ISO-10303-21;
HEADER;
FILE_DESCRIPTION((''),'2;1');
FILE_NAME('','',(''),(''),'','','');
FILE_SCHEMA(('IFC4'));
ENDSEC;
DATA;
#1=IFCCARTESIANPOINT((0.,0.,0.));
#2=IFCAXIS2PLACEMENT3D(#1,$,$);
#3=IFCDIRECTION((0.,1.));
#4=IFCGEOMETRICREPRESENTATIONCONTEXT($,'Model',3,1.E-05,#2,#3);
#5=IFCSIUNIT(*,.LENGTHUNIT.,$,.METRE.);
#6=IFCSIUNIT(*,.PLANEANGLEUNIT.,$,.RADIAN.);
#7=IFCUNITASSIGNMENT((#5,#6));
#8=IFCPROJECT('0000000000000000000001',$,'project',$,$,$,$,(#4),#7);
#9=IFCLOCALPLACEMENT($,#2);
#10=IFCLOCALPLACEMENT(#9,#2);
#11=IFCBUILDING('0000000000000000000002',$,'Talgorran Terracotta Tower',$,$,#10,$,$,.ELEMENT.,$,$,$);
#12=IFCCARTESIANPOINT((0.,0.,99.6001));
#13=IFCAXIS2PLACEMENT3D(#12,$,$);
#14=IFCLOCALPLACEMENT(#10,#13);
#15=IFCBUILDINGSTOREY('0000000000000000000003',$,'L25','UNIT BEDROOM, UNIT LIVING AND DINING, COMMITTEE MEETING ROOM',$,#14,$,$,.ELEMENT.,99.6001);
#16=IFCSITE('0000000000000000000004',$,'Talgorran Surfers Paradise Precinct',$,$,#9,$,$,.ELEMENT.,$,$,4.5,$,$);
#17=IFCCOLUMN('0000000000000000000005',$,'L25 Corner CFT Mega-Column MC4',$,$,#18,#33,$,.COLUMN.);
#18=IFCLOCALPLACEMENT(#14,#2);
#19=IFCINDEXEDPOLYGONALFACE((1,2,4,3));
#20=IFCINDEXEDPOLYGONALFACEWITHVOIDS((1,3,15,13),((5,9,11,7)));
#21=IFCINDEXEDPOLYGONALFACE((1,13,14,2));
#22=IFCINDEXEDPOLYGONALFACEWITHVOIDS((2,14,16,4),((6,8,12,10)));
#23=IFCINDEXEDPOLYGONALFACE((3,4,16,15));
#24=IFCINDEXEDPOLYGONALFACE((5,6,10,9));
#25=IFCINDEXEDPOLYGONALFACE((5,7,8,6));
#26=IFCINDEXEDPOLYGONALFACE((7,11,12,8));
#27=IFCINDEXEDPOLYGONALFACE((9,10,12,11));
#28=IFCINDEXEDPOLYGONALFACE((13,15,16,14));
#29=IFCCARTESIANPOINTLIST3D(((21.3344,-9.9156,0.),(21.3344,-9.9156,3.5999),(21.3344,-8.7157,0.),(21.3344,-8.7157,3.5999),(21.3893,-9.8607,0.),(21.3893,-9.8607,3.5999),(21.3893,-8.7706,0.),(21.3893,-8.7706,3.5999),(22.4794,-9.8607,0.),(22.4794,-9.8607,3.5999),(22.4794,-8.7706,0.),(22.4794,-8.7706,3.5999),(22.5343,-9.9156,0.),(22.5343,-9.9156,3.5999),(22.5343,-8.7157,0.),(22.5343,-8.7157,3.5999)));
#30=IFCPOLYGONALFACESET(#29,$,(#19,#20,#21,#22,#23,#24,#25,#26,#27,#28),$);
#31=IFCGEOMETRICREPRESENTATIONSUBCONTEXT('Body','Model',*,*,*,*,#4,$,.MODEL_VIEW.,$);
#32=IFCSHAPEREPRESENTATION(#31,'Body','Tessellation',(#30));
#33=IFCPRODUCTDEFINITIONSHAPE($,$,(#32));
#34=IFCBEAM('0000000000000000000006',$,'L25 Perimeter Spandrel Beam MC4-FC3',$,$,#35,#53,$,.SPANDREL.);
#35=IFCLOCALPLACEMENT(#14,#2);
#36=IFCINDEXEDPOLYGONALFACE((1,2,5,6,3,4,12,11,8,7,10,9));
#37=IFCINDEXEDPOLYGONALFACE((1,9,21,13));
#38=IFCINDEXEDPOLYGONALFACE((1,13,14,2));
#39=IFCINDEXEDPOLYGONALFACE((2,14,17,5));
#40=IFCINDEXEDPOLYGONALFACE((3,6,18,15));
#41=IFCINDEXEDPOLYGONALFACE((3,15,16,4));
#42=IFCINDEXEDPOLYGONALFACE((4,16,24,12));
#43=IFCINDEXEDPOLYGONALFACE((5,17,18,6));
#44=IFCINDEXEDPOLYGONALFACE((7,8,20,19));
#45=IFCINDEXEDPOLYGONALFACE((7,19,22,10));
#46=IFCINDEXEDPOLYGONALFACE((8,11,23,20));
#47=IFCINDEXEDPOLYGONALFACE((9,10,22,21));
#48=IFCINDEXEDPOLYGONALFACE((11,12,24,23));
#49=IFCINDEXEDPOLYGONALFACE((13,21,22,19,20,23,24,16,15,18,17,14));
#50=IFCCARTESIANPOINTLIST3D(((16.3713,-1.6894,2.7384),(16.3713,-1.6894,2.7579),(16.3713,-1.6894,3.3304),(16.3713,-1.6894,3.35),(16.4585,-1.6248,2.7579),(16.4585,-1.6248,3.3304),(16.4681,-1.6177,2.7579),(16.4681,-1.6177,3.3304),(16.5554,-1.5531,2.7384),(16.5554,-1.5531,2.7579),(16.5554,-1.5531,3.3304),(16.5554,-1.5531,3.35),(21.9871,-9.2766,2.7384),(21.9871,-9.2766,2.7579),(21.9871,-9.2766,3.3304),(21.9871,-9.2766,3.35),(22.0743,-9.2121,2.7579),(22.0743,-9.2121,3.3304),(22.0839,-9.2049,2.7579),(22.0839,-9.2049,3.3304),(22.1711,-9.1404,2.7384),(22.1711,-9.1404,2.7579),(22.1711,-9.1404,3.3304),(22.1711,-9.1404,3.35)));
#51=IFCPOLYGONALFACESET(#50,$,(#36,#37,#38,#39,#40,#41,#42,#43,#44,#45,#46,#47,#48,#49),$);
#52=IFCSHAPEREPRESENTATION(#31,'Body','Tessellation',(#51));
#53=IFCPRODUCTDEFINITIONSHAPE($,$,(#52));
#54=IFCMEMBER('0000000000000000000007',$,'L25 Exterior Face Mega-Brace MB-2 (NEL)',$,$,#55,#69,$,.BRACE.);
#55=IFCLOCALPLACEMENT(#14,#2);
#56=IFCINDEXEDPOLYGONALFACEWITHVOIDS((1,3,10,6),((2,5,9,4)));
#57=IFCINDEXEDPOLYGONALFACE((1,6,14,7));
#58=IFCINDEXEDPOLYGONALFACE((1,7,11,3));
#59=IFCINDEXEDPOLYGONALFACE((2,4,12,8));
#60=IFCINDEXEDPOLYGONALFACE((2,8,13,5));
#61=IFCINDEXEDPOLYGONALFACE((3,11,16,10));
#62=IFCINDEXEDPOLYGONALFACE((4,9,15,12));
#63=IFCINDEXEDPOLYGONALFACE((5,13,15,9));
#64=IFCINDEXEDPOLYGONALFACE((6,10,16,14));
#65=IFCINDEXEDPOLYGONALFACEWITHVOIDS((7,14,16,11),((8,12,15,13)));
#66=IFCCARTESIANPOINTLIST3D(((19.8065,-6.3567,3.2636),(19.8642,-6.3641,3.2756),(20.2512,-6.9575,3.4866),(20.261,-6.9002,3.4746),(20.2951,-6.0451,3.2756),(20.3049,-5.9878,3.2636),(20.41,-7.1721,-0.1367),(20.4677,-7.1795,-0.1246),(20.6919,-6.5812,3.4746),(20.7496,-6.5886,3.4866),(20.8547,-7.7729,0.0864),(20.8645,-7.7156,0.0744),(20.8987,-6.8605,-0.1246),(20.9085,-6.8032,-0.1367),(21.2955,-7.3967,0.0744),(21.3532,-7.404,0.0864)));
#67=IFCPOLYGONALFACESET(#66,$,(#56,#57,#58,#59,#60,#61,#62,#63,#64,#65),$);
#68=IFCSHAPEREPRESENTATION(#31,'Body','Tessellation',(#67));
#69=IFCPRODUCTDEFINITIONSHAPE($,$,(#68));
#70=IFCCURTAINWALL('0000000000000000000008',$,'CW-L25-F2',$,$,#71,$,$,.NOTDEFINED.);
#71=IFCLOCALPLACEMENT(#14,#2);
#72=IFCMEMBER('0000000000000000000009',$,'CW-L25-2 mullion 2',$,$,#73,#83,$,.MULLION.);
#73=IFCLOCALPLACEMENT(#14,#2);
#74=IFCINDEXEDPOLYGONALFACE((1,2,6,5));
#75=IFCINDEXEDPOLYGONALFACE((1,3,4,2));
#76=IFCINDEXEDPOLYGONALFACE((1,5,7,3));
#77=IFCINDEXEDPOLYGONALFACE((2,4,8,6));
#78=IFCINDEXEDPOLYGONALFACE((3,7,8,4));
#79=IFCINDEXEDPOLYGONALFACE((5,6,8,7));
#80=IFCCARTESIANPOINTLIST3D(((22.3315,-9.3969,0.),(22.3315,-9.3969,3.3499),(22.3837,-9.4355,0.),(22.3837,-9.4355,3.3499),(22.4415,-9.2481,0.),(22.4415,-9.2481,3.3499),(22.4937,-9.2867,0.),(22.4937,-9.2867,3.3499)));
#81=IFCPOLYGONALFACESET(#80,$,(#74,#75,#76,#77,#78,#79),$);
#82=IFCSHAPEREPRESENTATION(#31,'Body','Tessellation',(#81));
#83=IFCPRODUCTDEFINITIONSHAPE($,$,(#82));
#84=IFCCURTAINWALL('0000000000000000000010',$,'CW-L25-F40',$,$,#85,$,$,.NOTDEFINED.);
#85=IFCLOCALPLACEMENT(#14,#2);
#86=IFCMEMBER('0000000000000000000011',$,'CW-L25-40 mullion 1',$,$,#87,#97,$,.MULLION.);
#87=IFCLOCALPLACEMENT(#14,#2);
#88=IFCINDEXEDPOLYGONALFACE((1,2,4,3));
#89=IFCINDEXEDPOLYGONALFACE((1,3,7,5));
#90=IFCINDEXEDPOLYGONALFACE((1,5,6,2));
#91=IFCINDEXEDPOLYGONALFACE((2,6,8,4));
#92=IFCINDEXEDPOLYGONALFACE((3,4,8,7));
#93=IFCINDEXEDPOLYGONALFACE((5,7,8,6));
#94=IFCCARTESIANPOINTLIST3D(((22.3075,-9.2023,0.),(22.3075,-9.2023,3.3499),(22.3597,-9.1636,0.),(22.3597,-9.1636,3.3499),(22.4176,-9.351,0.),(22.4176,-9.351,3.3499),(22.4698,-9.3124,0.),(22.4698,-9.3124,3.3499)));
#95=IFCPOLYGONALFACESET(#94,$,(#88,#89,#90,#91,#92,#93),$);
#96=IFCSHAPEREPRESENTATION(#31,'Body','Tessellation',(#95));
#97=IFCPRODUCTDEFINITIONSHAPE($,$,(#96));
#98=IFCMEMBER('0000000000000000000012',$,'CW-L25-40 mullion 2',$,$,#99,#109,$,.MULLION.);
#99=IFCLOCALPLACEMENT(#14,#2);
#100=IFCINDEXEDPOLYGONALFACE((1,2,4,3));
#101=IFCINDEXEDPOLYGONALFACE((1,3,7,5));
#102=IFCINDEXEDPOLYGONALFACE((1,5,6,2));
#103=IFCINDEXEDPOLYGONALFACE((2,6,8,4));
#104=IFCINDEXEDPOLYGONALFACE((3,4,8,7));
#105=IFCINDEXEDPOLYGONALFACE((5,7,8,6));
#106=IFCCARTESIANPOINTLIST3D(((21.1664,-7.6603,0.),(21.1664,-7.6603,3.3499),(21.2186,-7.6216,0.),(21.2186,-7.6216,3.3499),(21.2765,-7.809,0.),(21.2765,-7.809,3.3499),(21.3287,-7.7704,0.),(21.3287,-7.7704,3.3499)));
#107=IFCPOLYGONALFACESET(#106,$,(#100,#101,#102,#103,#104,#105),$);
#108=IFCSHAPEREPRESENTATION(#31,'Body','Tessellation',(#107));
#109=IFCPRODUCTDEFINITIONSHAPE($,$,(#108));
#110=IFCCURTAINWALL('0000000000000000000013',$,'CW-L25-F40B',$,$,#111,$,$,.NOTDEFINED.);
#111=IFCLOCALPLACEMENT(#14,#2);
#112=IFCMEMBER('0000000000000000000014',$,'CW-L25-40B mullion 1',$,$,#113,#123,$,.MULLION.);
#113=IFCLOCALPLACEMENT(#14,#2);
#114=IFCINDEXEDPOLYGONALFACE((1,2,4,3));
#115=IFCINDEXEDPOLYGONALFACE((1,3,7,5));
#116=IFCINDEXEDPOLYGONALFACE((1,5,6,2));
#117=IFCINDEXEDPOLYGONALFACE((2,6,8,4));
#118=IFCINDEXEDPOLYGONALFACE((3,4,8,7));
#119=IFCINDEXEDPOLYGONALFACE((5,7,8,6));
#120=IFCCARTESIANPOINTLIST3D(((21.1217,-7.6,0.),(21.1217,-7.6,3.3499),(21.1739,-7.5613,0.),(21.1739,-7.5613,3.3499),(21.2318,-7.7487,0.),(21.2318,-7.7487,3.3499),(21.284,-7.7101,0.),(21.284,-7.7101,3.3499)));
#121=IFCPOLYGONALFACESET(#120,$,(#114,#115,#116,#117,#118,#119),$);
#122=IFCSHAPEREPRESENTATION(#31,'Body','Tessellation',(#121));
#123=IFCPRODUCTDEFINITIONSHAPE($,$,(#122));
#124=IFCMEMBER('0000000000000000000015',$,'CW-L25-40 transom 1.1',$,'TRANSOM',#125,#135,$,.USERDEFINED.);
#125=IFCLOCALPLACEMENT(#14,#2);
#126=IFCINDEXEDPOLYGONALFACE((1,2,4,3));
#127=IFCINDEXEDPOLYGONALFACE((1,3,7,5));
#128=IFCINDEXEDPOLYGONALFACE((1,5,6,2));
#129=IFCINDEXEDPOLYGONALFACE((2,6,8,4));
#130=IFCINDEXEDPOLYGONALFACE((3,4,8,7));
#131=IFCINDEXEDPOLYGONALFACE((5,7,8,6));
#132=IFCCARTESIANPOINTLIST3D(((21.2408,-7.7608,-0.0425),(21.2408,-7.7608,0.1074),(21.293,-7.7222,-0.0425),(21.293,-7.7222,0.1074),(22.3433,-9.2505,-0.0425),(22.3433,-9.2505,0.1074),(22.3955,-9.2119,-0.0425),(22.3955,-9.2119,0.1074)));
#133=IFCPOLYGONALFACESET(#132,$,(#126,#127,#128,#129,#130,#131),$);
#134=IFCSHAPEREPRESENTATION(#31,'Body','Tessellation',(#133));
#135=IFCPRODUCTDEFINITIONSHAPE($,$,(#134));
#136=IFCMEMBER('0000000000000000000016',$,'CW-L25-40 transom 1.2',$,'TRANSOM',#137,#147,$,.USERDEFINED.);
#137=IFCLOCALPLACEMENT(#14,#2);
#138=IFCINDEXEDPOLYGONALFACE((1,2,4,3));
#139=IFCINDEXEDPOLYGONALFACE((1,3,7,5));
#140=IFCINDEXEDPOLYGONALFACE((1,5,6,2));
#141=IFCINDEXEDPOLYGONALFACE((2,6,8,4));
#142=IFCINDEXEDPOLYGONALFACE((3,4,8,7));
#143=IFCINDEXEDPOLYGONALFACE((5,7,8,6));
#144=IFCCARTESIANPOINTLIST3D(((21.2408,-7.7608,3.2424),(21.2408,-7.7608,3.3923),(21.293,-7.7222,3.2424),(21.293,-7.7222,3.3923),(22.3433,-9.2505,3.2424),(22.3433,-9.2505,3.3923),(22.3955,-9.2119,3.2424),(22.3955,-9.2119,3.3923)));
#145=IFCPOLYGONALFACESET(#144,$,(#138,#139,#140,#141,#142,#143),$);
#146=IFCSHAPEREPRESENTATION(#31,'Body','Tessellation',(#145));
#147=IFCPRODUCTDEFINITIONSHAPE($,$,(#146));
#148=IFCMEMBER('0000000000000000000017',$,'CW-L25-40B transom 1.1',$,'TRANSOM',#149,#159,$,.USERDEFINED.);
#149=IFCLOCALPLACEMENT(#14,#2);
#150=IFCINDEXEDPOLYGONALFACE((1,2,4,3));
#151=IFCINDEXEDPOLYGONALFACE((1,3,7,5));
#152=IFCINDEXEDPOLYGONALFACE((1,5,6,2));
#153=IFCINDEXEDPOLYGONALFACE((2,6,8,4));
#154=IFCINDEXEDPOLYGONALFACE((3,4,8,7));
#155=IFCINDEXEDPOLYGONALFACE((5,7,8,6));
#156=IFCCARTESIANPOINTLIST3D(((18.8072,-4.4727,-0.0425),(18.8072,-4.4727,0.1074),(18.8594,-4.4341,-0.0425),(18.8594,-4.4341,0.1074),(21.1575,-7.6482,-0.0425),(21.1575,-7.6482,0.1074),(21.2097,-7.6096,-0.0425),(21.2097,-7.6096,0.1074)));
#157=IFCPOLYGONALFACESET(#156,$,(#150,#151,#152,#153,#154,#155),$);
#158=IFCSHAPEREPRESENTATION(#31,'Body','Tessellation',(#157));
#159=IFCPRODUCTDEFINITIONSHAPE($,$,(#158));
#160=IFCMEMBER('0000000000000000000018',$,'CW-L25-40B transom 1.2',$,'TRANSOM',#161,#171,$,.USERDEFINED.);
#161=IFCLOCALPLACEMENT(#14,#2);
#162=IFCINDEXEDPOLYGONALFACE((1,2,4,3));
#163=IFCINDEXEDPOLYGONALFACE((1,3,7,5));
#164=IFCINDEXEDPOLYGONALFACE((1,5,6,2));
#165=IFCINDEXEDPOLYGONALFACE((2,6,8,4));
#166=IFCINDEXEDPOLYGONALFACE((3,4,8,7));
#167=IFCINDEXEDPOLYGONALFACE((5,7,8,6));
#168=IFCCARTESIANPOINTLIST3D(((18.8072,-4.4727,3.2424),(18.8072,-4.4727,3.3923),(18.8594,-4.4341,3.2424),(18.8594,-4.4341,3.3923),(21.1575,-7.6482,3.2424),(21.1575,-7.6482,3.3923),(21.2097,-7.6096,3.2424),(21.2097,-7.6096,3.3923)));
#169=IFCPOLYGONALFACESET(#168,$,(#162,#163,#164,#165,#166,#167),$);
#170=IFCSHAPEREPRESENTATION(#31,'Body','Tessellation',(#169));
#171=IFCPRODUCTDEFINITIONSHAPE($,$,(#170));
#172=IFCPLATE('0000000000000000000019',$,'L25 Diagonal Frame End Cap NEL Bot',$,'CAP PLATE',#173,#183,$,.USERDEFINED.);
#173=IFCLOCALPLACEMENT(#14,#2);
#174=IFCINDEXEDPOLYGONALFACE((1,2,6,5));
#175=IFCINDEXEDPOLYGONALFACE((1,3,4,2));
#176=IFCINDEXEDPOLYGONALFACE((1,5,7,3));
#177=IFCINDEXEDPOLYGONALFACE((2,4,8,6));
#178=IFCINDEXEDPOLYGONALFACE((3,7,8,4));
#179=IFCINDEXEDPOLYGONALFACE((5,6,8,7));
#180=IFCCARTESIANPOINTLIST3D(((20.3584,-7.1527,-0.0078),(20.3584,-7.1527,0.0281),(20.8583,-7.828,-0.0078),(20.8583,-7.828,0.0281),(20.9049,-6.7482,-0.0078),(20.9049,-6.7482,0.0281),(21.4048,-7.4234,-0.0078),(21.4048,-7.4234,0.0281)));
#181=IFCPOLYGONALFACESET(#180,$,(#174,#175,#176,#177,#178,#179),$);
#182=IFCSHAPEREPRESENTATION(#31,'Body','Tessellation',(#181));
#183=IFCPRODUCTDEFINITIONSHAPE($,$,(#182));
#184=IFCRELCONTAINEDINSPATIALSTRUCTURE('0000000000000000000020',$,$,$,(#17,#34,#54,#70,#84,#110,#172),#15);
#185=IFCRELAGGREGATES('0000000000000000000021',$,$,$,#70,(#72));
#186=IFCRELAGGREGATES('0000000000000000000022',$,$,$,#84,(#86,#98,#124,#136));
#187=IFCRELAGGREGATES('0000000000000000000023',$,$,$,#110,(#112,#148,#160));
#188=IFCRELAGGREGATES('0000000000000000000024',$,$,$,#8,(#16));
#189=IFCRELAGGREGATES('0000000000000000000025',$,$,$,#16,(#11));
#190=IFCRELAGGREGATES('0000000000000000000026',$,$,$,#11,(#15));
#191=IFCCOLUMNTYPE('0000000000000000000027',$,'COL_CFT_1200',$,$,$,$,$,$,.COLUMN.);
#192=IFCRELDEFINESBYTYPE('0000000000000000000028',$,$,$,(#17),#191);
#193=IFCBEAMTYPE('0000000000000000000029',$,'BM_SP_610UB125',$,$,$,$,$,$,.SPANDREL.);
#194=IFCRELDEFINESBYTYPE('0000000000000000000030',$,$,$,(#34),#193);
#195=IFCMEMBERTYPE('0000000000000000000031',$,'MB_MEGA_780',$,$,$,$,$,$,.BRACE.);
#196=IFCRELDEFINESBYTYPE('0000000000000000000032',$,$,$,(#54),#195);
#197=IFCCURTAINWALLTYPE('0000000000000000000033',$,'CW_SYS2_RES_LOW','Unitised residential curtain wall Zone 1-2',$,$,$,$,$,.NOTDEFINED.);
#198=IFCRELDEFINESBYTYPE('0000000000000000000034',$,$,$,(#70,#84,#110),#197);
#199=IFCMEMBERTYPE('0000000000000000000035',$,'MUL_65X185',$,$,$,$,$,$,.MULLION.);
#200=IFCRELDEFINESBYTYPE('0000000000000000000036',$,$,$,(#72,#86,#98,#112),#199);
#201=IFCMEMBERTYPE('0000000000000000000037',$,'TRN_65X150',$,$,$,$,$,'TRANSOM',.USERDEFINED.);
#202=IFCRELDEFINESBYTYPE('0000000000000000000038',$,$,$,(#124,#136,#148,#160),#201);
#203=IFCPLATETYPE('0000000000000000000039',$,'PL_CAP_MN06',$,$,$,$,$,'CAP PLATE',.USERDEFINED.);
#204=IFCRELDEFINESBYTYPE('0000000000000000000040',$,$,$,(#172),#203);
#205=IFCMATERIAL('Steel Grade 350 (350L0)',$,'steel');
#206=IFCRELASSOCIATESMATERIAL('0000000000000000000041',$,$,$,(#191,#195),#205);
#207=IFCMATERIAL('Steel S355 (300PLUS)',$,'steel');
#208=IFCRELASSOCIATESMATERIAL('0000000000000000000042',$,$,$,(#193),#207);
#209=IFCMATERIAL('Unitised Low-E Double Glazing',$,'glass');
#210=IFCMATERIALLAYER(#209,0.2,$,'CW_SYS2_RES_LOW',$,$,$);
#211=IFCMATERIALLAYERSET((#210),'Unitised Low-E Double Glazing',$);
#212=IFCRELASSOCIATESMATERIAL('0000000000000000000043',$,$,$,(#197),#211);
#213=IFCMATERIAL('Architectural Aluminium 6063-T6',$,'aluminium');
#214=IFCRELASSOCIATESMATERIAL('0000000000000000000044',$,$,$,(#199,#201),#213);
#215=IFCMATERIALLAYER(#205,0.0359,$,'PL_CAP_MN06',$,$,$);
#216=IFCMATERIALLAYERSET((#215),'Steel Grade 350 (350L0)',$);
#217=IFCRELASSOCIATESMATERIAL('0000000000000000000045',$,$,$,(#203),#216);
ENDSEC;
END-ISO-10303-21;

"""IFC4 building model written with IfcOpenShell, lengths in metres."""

from ifc_helpers import new_model, si_unit, direction, frame, origin, origin_2d, place, context, subcontext, project, spatial, rectangle, hollow_rectangle, i_section, extrude, material, layer, layer_set, material_profile, profile_set, type_object, element, aggregate, save


model = new_model("IFC4")

# Units and contexts
model_context = context("Model", 3, precision=1e-05, world=origin(), true_north=direction((0.0, 1.0)))
body_context = subcontext(model_context, "Body", "Model", "MODEL_VIEW")
ifc_project = project(units=[si_unit("LENGTHUNIT", "METRE"), si_unit("PLANEANGLEUNIT", "RADIAN")], contexts=[model_context])

# Site, building, storey
site_placement = place(None, origin())
site = spatial("IfcSite", under=ifc_project, at=site_placement, Name="Talgorran Surfers Paradise Precinct", CompositionType="ELEMENT", RefElevation=4.5)
building_placement = place(site_placement, origin())
building = spatial("IfcBuilding", under=site, at=building_placement, Name="Talgorran Terracotta Tower", CompositionType="ELEMENT")
storey_placement = place(building_placement, frame((0.0, 0.0, 99.6001)))
storey = spatial("IfcBuildingStorey", under=building, at=storey_placement, Name="L25", Description="UNIT BEDROOM, UNIT LIVING AND DINING, COMMITTEE MEETING ROOM", CompositionType="ELEMENT", Elevation=99.6001)

# Column
ifc_material_1 = material(Name="Steel Grade 350 (350L0)", Category="steel")
ifc_material_profile_1 = material_profile(ifc_material_1, hollow_rectangle(XDim=1.2, YDim=1.2, WallThickness=0.0549, at=origin_2d()), Name="CFT1200X1200X55")
ifc_profile_set_1 = profile_set([ifc_material_profile_1], Name="Steel Grade 350 (350L0)")
column_type = type_object("IfcColumnType", Name="COL_CFT_1200", PredefinedType="COLUMN", material=ifc_profile_set_1)
column_placement = place(storey_placement, frame((21.9343, -9.3157, 0.0), z_axis=(0.0, 0.0, 1.0), x_axis=(1.0, 0.0, 0.0)))
element("IfcColumn", 1, at=column_placement, inside=storey, type_object=column_type, Name="L25 Corner CFT Mega-Column MC4", PredefinedType="COLUMN", context=body_context, shape_type="SweptSolid", body=[
    extrude(hollow_rectangle(XDim=1.2, YDim=1.2, WallThickness=0.0549, at=origin_2d()), origin(), (0.0, 0.0, 1.0), 3.5999),
])

# Beam
ifc_material_2 = material(Name="Steel S355 (300PLUS)", Category="steel")
ifc_material_profile_2 = material_profile(ifc_material_2, i_section(OverallWidth=0.229, OverallDepth=0.6116, WebThickness=0.012, FlangeThickness=0.0195, at=origin_2d()), Name="610UB125")
ifc_profile_set_2 = profile_set([ifc_material_profile_2], Name="Steel S355 (300PLUS)")
beam_type = type_object("IfcBeamType", Name="BM_SP_610UB125", PredefinedType="SPANDREL", material=ifc_profile_set_2)
beam_placement = place(storey_placement, frame((22.0791, -9.2085, 3.0442), z_axis=(-0.594927, 0.80378, 0.0), x_axis=(-0.80378, -0.594927, 0.0)))
element("IfcBeam", 2, at=beam_placement, inside=storey, type_object=beam_type, Name="L25 Perimeter Spandrel Beam MC4-FC3", PredefinedType="SPANDREL", context=body_context, shape_type="SweptSolid", body=[
    extrude(i_section(OverallWidth=0.229, OverallDepth=0.6116, WebThickness=0.012, FlangeThickness=0.0195, at=origin_2d()), origin(), (0.0, 0.0, 1.0), 9.4395),
])

# Member
ifc_material_profile_3 = material_profile(ifc_material_1, hollow_rectangle(XDim=0.6201, YDim=0.78, WallThickness=0.042, at=origin_2d()), Name="WBOX780X620X42")
ifc_profile_set_3 = profile_set([ifc_material_profile_3], Name="Steel Grade 350 (350L0)")
member_type_1 = type_object("IfcMemberType", Name="MB_MEGA_780", PredefinedType="BRACE", material=ifc_profile_set_3)
member_1_placement = place(storey_placement, frame((20.8816, -7.2881, -0.0251), z_axis=(-0.170088, 0.229811, 0.958257), x_axis=(-0.803796, -0.594905, 0.0)))
element("IfcMember", 3, at=member_1_placement, inside=storey, type_object=member_type_1, Name="L25 Exterior Face Mega-Brace MB-2 (NEL)", PredefinedType="BRACE", context=body_context, shape_type="SweptSolid", body=[
    extrude(hollow_rectangle(XDim=0.6201, YDim=0.78, WallThickness=0.042, at=origin_2d()), origin(), (0.0, 0.0, 1.0), 3.5483),
])

# Curtain wall, member
ifc_material_3 = material(Name="Unitised Low-E Double Glazing", Category="glass")
ifc_layer_1 = layer(ifc_material_3, 0.2, Name="CW_SYS2_RES_LOW")
ifc_layer_set_1 = layer_set([ifc_layer_1], Name="Unitised Low-E Double Glazing")
curtain_wall_type = type_object("IfcCurtainWallType", Name="CW_SYS2_RES_LOW", Description="Unitised residential curtain wall Zone 1-2", PredefinedType="NOTDEFINED", material=ifc_layer_set_1)
curtain_wall_1_placement = place(storey_placement, origin())
curtain_wall_1 = element("IfcCurtainWall", 4, at=curtain_wall_1_placement, inside=storey, type_object=curtain_wall_type, Name="CW-L25-F2", PredefinedType="NOTDEFINED")
ifc_material_4 = material(Name="Architectural Aluminium 6063-T6", Category="aluminium")
ifc_material_profile_4 = material_profile(ifc_material_4, rectangle(XDim=0.0649, YDim=0.1851, at=origin_2d()), Name="CWM65X185")
ifc_profile_set_4 = profile_set([ifc_material_profile_4], Name="Architectural Aluminium 6063-T6")
member_type_2 = type_object("IfcMemberType", Name="MUL_65X185", PredefinedType="MULLION", material=ifc_profile_set_4)
member_2_placement = place(storey_placement, frame((22.4126, -9.3418, 0.0), z_axis=(0.0, 0.0, 1.0), x_axis=(-0.803792, 0.594911, 0.0)))
member_2 = element("IfcMember", 5, at=member_2_placement, type_object=member_type_2, Name="CW-L25-2 mullion 2", PredefinedType="MULLION", context=body_context, shape_type="SweptSolid", body=[
    extrude(rectangle(XDim=0.0649, YDim=0.1851, at=origin_2d()), origin(), (0.0, 0.0, 1.0), 3.3499),
])
aggregate(curtain_wall_1, [member_2])

# Curtain wall, members
curtain_wall_2_placement = place(storey_placement, origin())
curtain_wall_2 = element("IfcCurtainWall", 6, at=curtain_wall_2_placement, inside=storey, type_object=curtain_wall_type, Name="CW-L25-F40", PredefinedType="NOTDEFINED")
member_3_placement = place(storey_placement, frame((22.3887, -9.2573, 0.0), z_axis=(0.0, 0.0, 1.0), x_axis=(-0.803796, -0.594906, 0.0)))
member_3 = element("IfcMember", 7, at=member_3_placement, type_object=member_type_2, Name="CW-L25-40 mullion 1", PredefinedType="MULLION", context=body_context, shape_type="SweptSolid", body=[
    extrude(rectangle(XDim=0.0649, YDim=0.1851, at=origin_2d()), origin(), (0.0, 0.0, 1.0), 3.3499),
])
member_4_placement = place(storey_placement, frame((21.2476, -7.7153, 0.0), z_axis=(0.0, 0.0, 1.0), x_axis=(-0.803796, -0.594906, 0.0)))
member_4 = element("IfcMember", 8, at=member_4_placement, type_object=member_type_2, Name="CW-L25-40 mullion 2", PredefinedType="MULLION", context=body_context, shape_type="SweptSolid", body=[
    extrude(rectangle(XDim=0.0649, YDim=0.1851, at=origin_2d()), origin(), (0.0, 0.0, 1.0), 3.3499),
])

# Curtain wall, member
curtain_wall_3_placement = place(storey_placement, origin())
curtain_wall_3 = element("IfcCurtainWall", 9, at=curtain_wall_3_placement, inside=storey, type_object=curtain_wall_type, Name="CW-L25-F40B", PredefinedType="NOTDEFINED")
member_5_placement = place(storey_placement, frame((21.2029, -7.655, 0.0), z_axis=(0.0, 0.0, 1.0), x_axis=(-0.803792, -0.59491, 0.0)))
member_5 = element("IfcMember", 10, at=member_5_placement, type_object=member_type_2, Name="CW-L25-40B mullion 1", PredefinedType="MULLION", context=body_context, shape_type="SweptSolid", body=[
    extrude(rectangle(XDim=0.0649, YDim=0.1851, at=origin_2d()), origin(), (0.0, 0.0, 1.0), 3.3499),
])

# Members
ifc_material_profile_5 = material_profile(ifc_material_4, rectangle(XDim=0.0649, YDim=0.1499, at=origin_2d()), Name="CWT65X150")
ifc_profile_set_5 = profile_set([ifc_material_profile_5], Name="Architectural Aluminium 6063-T6")
member_type_3 = type_object("IfcMemberType", Name="TRN_65X150", ElementType="TRANSOM", PredefinedType="USERDEFINED", material=ifc_profile_set_5)
member_6_placement = place(storey_placement, frame((22.3694, -9.2312, 0.0325), z_axis=(-0.594887, 0.803809, 0.0), x_axis=(-0.803809, -0.594887, 0.0)))
member_6 = element("IfcMember", 11, at=member_6_placement, type_object=member_type_3, Name="CW-L25-40 transom 1.1", ObjectType="TRANSOM", PredefinedType="USERDEFINED", context=body_context, shape_type="SweptSolid", body=[
    extrude(rectangle(XDim=0.0649, YDim=0.1499, at=origin_2d()), origin(), (0.0, 0.0, 1.0), 1.8533),
])
member_7_placement = place(storey_placement, frame((22.3694, -9.2312, 3.3174), z_axis=(-0.594887, 0.803809, 0.0), x_axis=(-0.803809, -0.594887, 0.0)))
member_7 = element("IfcMember", 12, at=member_7_placement, type_object=member_type_3, Name="CW-L25-40 transom 1.2", ObjectType="TRANSOM", PredefinedType="USERDEFINED", context=body_context, shape_type="SweptSolid", body=[
    extrude(rectangle(XDim=0.0649, YDim=0.1499, at=origin_2d()), origin(), (0.0, 0.0, 1.0), 1.8533),
])
member_8_placement = place(storey_placement, frame((21.1836, -7.6289, 0.0325), z_axis=(-0.594916, 0.803788, 0.0), x_axis=(-0.803788, -0.594916, 0.0)))
member_8 = element("IfcMember", 13, at=member_8_placement, type_object=member_type_3, Name="CW-L25-40B transom 1.1", ObjectType="TRANSOM", PredefinedType="USERDEFINED", context=body_context, shape_type="SweptSolid", body=[
    extrude(rectangle(XDim=0.0649, YDim=0.1499, at=origin_2d()), origin(), (0.0, 0.0, 1.0), 3.9507),
])
member_9_placement = place(storey_placement, frame((21.1836, -7.6289, 3.3174), z_axis=(-0.594916, 0.803788, 0.0), x_axis=(-0.803788, -0.594916, 0.0)))
member_9 = element("IfcMember", 14, at=member_9_placement, type_object=member_type_3, Name="CW-L25-40B transom 1.2", ObjectType="TRANSOM", PredefinedType="USERDEFINED", context=body_context, shape_type="SweptSolid", body=[
    extrude(rectangle(XDim=0.0649, YDim=0.1499, at=origin_2d()), origin(), (0.0, 0.0, 1.0), 3.9507),
])

# Plate
ifc_layer_2 = layer(ifc_material_1, 0.0359, Name="PL_CAP_MN06")
ifc_layer_set_2 = layer_set([ifc_layer_2], Name="Steel Grade 350 (350L0)")
plate_type_1 = type_object("IfcPlateType", Name="PL_CAP_MN06", ElementType="CAP PLATE", PredefinedType="USERDEFINED", material=ifc_layer_set_2)
for number, where, z_axis, x_axis, name in (
    (15, (20.8816, -7.2881, -0.0078), (0.0, 0.0, 1.0), (-0.594963, 0.803753, 0.0), "L25 Diagonal Frame End Cap NEL Bot"),
):
    element("IfcPlate", number, at=place(storey_placement, frame(where, z_axis=z_axis, x_axis=x_axis)), inside=storey, type_object=plate_type_1, Name=name, ObjectType="CAP PLATE", PredefinedType="USERDEFINED", context=body_context, shape_type="SweptSolid", body=[
        extrude(rectangle(XDim=0.8401, YDim=0.6799, at=origin_2d()), origin(), (0.0, 0.0, 1.0), 0.0359),
    ])

aggregate(curtain_wall_2, [member_3, member_4, member_6, member_7])
aggregate(curtain_wall_3, [member_5, member_8, member_9])

save(model, "model.ifc")
